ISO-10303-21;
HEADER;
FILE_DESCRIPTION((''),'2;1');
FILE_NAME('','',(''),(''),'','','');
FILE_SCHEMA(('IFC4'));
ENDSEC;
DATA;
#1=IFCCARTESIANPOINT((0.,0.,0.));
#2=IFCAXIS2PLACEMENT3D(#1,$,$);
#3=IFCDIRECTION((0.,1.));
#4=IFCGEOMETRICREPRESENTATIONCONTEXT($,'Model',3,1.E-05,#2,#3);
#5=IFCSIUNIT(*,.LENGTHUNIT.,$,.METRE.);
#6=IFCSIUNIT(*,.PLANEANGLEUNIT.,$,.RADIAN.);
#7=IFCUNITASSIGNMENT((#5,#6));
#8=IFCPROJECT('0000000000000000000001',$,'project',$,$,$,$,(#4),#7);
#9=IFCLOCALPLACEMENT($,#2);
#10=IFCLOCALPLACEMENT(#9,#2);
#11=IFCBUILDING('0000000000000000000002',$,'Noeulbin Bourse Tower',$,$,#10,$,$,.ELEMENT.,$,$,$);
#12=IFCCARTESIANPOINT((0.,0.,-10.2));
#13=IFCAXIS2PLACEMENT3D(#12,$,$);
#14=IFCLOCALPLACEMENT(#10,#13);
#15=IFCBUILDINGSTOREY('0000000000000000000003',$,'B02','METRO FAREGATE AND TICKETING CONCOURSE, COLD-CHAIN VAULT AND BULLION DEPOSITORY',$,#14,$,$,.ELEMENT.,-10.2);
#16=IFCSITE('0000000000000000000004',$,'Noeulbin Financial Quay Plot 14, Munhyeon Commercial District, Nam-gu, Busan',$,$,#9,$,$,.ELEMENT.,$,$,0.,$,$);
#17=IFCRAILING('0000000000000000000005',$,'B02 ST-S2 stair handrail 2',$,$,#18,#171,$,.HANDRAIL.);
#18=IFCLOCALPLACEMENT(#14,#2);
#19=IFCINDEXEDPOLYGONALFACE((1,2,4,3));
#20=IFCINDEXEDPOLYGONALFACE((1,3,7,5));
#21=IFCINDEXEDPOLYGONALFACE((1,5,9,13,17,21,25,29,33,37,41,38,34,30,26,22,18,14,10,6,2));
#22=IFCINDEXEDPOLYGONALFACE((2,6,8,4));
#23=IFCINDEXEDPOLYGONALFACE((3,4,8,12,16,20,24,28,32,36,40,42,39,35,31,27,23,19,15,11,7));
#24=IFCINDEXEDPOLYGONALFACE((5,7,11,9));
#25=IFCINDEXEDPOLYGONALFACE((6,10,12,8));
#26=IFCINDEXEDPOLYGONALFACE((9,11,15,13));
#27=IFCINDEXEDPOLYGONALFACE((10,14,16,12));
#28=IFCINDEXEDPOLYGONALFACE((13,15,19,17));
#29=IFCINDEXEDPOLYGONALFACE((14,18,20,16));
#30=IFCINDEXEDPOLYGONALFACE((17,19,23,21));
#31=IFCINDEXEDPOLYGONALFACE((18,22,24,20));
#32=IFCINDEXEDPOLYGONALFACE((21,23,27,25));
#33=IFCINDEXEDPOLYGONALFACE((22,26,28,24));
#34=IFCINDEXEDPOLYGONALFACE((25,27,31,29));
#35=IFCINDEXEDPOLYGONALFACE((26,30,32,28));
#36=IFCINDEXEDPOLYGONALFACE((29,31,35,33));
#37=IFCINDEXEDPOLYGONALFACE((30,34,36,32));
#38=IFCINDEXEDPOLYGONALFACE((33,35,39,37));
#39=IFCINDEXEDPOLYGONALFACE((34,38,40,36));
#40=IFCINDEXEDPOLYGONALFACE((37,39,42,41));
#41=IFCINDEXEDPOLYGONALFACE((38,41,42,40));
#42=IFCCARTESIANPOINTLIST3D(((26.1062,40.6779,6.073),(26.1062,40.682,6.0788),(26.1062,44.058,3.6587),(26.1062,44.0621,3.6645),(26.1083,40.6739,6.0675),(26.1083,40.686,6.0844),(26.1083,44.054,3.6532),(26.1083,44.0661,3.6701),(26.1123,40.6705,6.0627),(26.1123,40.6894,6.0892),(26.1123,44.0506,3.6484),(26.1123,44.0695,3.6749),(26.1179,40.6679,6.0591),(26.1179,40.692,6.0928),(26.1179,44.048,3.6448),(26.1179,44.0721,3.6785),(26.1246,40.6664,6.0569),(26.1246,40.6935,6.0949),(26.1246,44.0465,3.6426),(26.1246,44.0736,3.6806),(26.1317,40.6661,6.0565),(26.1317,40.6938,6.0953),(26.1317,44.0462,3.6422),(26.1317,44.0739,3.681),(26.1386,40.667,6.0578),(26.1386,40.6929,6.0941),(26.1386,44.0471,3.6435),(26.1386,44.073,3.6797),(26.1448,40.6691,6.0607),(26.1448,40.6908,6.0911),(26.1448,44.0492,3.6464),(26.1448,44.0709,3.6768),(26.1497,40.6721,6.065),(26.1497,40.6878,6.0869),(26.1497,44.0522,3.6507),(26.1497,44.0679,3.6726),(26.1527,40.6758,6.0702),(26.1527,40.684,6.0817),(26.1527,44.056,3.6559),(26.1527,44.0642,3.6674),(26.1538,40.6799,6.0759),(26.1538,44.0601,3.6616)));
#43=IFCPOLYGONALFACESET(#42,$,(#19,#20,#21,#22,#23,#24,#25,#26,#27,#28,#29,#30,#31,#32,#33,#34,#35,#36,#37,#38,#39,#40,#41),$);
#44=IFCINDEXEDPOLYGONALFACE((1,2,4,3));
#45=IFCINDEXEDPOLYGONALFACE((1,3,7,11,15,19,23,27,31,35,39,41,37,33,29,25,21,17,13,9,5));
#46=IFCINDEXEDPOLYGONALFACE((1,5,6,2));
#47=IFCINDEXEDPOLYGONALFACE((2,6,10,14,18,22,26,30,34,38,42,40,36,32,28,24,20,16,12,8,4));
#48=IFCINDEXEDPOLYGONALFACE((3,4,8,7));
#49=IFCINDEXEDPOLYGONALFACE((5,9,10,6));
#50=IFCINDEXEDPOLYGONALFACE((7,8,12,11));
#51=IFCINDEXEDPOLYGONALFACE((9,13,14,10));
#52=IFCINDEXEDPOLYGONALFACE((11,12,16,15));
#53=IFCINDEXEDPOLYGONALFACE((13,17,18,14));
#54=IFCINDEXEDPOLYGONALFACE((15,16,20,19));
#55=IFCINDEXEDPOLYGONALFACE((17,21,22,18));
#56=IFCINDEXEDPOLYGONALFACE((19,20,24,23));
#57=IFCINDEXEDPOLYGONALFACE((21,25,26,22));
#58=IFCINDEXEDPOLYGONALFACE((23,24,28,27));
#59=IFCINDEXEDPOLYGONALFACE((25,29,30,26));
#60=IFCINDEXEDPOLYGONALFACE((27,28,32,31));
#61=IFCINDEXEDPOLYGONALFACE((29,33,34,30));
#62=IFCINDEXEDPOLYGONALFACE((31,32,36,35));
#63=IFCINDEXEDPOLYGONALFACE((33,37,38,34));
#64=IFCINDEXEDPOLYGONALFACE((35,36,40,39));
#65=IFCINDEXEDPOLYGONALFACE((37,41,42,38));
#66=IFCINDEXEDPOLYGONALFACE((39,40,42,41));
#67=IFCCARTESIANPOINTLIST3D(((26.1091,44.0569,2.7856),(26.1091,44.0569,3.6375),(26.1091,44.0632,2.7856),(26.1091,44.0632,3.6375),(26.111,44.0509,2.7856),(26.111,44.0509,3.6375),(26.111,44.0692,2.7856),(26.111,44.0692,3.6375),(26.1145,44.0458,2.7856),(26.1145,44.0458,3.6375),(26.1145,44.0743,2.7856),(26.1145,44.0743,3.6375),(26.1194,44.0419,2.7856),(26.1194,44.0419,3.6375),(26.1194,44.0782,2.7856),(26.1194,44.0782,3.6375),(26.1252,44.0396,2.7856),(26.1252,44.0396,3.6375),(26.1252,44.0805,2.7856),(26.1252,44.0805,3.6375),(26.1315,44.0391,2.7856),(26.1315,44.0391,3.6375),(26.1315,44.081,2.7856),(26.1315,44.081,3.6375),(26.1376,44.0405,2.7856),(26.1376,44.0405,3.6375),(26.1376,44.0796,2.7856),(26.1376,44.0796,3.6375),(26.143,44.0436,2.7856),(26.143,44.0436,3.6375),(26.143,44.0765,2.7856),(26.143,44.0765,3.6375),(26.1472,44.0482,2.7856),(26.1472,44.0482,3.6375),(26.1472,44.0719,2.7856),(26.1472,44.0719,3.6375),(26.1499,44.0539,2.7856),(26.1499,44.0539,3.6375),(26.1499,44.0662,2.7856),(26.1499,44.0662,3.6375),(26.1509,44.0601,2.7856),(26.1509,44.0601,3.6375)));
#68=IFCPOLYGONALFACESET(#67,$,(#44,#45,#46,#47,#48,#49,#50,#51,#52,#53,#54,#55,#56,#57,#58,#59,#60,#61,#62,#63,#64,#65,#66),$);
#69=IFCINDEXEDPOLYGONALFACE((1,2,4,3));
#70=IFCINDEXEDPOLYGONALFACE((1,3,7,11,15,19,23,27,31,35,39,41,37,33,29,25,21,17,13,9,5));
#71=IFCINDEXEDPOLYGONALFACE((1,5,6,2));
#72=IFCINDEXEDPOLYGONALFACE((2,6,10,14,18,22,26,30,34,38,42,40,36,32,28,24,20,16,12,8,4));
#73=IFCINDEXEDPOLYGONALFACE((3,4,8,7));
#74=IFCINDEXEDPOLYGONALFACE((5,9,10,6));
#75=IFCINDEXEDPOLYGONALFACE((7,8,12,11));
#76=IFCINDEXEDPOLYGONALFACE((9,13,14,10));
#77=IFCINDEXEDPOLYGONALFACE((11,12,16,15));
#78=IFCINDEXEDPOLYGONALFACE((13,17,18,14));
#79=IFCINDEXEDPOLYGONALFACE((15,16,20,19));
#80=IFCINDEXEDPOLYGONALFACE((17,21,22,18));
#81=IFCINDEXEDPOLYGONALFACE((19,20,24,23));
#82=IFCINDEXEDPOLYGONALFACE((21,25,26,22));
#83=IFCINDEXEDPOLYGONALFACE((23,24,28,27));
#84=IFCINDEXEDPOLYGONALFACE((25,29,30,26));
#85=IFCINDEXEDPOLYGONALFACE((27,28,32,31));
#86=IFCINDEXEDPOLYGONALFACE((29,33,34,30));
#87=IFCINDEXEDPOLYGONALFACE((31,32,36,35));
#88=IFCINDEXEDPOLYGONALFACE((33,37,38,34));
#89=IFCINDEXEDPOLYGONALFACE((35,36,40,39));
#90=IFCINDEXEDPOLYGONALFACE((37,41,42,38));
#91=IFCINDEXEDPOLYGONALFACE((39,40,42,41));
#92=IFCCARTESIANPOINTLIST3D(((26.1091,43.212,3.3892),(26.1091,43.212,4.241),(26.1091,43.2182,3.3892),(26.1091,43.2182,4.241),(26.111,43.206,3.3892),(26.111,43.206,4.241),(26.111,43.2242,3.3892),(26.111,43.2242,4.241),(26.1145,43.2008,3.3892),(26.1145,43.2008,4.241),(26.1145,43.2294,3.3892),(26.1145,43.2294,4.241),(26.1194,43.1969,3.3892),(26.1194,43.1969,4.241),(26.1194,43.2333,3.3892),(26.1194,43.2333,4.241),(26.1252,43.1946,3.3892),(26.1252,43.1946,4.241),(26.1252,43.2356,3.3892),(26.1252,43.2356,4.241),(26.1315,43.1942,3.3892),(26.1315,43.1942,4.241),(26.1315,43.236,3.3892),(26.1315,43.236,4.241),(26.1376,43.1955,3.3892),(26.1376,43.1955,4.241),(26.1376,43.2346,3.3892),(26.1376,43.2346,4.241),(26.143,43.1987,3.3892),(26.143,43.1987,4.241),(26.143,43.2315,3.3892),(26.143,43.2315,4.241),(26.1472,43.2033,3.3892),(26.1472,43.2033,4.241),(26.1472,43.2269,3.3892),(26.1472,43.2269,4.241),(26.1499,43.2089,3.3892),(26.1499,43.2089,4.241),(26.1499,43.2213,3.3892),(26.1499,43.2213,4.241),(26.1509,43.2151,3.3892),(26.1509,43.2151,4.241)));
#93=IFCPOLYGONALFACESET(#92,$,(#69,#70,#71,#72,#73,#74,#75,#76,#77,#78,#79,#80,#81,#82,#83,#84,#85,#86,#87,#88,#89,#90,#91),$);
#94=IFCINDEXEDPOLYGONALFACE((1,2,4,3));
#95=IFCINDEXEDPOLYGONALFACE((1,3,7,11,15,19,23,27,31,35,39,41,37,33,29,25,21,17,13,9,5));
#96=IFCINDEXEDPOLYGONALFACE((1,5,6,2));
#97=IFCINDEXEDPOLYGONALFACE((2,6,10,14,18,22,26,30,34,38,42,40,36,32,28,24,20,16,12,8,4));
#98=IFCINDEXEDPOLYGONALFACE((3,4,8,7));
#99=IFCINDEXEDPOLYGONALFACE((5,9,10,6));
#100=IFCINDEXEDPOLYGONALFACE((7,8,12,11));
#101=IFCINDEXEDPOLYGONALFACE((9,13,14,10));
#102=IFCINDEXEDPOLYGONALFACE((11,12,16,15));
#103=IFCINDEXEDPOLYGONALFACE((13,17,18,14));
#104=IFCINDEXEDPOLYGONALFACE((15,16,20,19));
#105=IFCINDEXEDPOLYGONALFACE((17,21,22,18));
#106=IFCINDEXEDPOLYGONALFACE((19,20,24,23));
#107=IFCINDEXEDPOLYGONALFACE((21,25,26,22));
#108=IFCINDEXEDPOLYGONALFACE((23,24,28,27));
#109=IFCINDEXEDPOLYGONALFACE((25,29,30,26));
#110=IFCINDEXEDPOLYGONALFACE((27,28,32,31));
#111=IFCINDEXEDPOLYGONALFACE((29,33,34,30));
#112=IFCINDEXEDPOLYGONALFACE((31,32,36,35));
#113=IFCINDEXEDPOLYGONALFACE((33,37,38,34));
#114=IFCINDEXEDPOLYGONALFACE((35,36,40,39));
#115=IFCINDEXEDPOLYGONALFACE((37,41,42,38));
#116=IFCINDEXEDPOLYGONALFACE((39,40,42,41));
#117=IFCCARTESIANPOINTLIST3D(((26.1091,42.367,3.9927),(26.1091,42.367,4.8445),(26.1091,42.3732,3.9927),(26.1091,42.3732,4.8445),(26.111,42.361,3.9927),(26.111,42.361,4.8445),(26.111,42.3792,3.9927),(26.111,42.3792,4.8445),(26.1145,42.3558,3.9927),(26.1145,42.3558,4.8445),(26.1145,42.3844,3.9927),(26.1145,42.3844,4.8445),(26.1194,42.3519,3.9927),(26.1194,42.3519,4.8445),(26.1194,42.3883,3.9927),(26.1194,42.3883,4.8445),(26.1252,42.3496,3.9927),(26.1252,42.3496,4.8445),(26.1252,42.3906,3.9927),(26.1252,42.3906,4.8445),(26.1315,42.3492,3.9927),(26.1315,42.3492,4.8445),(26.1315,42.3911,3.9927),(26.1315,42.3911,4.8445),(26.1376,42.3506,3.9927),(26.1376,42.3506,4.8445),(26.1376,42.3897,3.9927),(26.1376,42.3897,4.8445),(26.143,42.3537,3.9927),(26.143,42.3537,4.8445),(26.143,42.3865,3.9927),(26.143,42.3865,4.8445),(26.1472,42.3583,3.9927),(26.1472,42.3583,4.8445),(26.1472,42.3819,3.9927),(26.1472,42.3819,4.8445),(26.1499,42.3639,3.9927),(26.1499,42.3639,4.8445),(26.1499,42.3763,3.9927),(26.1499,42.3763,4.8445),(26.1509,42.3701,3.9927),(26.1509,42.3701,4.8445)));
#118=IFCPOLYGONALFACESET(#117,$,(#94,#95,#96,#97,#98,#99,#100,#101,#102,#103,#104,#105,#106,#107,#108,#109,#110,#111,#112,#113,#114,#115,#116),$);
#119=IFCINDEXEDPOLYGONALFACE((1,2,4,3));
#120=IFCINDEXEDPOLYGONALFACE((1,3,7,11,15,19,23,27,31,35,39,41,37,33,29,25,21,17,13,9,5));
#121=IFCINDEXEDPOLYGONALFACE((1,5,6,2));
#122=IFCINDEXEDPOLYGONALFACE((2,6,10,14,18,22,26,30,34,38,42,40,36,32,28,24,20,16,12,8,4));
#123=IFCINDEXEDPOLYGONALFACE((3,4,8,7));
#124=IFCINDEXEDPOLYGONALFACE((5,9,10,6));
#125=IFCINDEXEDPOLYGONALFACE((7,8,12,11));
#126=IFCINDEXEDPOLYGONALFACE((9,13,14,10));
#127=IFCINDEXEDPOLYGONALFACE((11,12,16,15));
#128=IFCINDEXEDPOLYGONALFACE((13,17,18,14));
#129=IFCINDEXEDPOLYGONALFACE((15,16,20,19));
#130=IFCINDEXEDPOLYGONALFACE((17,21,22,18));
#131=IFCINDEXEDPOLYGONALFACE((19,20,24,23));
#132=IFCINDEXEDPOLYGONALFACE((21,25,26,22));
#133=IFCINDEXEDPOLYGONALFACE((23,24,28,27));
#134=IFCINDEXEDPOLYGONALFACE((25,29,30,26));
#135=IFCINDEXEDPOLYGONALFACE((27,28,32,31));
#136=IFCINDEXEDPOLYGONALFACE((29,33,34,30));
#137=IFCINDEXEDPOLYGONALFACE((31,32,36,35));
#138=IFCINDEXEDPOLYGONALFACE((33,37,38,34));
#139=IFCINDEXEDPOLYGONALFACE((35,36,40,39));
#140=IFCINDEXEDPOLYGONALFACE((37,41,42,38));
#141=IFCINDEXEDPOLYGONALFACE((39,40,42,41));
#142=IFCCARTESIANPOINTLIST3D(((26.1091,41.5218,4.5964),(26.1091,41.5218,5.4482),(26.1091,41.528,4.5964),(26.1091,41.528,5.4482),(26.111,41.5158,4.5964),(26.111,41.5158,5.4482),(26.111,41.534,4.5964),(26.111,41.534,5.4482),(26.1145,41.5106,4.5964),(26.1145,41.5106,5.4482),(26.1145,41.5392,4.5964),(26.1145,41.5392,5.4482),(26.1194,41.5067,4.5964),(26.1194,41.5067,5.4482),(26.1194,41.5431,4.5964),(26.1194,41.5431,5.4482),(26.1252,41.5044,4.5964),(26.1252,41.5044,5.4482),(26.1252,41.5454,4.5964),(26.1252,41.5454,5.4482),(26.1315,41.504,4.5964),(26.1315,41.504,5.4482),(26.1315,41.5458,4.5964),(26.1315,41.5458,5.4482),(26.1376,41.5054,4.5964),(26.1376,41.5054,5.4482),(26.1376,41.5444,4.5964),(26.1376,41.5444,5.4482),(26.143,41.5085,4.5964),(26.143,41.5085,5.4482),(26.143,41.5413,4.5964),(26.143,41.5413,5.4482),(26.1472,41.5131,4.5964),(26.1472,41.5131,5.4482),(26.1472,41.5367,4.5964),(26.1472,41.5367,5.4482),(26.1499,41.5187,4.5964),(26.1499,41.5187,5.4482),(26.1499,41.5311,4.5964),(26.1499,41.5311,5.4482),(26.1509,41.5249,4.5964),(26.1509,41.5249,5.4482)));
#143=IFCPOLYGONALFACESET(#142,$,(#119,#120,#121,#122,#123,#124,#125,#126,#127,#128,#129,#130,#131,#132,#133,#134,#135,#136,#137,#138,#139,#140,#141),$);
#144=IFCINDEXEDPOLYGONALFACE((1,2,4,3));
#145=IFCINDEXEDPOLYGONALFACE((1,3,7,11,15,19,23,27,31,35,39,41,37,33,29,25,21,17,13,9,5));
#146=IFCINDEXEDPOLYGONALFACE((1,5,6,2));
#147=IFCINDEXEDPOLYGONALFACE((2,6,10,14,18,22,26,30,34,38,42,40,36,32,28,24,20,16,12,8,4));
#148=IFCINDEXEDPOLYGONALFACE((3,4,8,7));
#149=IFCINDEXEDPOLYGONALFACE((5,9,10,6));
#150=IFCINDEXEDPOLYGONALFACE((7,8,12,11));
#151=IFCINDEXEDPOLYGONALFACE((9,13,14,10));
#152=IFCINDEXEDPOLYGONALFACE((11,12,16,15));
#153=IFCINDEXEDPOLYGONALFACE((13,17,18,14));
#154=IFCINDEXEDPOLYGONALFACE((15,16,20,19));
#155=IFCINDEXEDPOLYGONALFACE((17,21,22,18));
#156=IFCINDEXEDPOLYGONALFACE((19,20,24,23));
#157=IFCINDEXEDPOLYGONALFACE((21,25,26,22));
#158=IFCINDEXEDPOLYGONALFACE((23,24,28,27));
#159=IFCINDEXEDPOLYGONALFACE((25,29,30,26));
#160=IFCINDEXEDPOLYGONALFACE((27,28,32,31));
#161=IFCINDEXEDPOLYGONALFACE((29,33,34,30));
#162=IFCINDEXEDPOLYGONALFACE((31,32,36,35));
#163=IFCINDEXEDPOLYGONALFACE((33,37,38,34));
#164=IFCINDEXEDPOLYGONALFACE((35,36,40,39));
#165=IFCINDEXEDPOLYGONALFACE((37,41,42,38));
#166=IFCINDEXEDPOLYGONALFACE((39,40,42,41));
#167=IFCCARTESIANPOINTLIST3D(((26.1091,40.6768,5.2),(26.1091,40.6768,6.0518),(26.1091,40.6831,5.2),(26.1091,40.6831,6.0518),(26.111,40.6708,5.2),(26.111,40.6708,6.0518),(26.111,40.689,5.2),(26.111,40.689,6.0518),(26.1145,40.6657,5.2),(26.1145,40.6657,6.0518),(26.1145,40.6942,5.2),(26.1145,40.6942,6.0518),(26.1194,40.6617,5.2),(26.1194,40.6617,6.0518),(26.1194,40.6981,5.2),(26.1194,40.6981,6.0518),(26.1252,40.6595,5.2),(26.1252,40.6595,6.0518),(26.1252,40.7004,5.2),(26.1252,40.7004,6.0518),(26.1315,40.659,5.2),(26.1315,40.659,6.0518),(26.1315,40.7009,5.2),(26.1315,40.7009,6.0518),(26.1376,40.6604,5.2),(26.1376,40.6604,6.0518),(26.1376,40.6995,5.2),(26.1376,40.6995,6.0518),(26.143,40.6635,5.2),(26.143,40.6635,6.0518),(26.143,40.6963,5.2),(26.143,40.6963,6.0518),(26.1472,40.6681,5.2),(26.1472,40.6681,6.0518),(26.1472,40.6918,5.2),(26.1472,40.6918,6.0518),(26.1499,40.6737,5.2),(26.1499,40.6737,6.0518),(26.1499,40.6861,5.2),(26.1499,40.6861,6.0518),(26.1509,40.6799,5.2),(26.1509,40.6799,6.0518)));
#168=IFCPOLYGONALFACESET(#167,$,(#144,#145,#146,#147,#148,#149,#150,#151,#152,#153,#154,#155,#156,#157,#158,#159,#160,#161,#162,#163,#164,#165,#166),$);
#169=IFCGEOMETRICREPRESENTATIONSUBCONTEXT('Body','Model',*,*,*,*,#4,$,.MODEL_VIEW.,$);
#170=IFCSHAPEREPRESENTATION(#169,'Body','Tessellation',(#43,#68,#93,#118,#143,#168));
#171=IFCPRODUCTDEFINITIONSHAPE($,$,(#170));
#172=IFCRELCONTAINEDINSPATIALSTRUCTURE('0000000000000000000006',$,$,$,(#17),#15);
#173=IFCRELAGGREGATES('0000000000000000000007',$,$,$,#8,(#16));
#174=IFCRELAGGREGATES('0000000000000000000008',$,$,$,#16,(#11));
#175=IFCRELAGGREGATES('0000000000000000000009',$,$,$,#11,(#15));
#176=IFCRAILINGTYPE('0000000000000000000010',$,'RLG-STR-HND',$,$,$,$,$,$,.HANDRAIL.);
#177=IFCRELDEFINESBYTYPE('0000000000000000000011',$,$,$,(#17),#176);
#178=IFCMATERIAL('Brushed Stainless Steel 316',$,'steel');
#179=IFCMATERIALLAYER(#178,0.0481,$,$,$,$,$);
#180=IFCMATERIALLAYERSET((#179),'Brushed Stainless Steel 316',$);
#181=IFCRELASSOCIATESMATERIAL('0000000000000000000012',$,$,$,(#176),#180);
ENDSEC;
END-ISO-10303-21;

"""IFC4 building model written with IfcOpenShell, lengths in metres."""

from ifc_helpers import new_model, si_unit, direction, frame, origin, origin_2d, place, context, subcontext, project, spatial, circle, extrude, material, layer, layer_set, type_object, element, save


model = new_model("IFC4")

# Units and contexts
model_context = context("Model", 3, precision=1e-05, world=origin(), true_north=direction((0.0, 1.0)))
body_context = subcontext(model_context, "Body", "Model", "MODEL_VIEW")
ifc_project = project(units=[si_unit("LENGTHUNIT", "METRE"), si_unit("PLANEANGLEUNIT", "RADIAN")], contexts=[model_context])

# Site, building, storey
site_placement = place(None, origin())
site = spatial("IfcSite", under=ifc_project, at=site_placement, Name="Noeulbin Financial Quay Plot 14, Munhyeon Commercial District, Nam-gu, Busan", CompositionType="ELEMENT", RefElevation=0.0)
building_placement = place(site_placement, origin())
building = spatial("IfcBuilding", under=site, at=building_placement, Name="Noeulbin Bourse Tower", CompositionType="ELEMENT")
storey_placement = place(building_placement, frame((0.0, 0.0, -10.2)))
storey = spatial("IfcBuildingStorey", under=building, at=storey_placement, Name="B02", Description="METRO FAREGATE AND TICKETING CONCOURSE, COLD-CHAIN VAULT AND BULLION DEPOSITORY", CompositionType="ELEMENT", Elevation=-10.2)

# Railing
ifc_material_1 = material(Name="Brushed Stainless Steel 316", Category="steel")
ifc_layer_1 = layer(ifc_material_1, 0.0481)
ifc_layer_set_1 = layer_set([ifc_layer_1], Name="Brushed Stainless Steel 316")
railing_type_1 = type_object("IfcRailingType", Name="RLG-STR-HND", PredefinedType="HANDRAIL", material=ifc_layer_set_1)
railing_1_placement = place(storey_placement, frame((26.1299, 44.0601, 2.7856)))
element("IfcRailing", 1, at=railing_1_placement, inside=storey, type_object=railing_type_1, Name="B02 ST-S2 stair handrail 2", PredefinedType="HANDRAIL", context=body_context, shape_type="SweptSolid", body=[
    extrude(circle(Radius=0.0239, at=origin_2d()), frame((0.0, 0.0, 0.876), z_axis=(0.0, -0.813741, 0.581227), x_axis=(1.0, 0.0, 0.0)), (0.0, 0.0, 1.0), 4.1538),
    extrude(circle(Radius=0.021, at=origin_2d()), origin(), (0.0, 0.0, 1.0), 0.8518),
    extrude(circle(Radius=0.021, at=origin_2d()), frame((0.0, -0.845, 0.6035)), (0.0, 0.0, 1.0), 0.8518),
    extrude(circle(Radius=0.021, at=origin_2d()), frame((0.0, -1.6899, 1.207)), (0.0, 0.0, 1.0), 0.8518),
    extrude(circle(Radius=0.021, at=origin_2d()), frame((0.0, -2.5352, 1.8108)), (0.0, 0.0, 1.0), 0.8518),
    extrude(circle(Radius=0.021, at=origin_2d()), frame((0.0, -3.3801, 2.4143)), (0.0, 0.0, 1.0), 0.8518),
])

save(model, "model.ifc")
